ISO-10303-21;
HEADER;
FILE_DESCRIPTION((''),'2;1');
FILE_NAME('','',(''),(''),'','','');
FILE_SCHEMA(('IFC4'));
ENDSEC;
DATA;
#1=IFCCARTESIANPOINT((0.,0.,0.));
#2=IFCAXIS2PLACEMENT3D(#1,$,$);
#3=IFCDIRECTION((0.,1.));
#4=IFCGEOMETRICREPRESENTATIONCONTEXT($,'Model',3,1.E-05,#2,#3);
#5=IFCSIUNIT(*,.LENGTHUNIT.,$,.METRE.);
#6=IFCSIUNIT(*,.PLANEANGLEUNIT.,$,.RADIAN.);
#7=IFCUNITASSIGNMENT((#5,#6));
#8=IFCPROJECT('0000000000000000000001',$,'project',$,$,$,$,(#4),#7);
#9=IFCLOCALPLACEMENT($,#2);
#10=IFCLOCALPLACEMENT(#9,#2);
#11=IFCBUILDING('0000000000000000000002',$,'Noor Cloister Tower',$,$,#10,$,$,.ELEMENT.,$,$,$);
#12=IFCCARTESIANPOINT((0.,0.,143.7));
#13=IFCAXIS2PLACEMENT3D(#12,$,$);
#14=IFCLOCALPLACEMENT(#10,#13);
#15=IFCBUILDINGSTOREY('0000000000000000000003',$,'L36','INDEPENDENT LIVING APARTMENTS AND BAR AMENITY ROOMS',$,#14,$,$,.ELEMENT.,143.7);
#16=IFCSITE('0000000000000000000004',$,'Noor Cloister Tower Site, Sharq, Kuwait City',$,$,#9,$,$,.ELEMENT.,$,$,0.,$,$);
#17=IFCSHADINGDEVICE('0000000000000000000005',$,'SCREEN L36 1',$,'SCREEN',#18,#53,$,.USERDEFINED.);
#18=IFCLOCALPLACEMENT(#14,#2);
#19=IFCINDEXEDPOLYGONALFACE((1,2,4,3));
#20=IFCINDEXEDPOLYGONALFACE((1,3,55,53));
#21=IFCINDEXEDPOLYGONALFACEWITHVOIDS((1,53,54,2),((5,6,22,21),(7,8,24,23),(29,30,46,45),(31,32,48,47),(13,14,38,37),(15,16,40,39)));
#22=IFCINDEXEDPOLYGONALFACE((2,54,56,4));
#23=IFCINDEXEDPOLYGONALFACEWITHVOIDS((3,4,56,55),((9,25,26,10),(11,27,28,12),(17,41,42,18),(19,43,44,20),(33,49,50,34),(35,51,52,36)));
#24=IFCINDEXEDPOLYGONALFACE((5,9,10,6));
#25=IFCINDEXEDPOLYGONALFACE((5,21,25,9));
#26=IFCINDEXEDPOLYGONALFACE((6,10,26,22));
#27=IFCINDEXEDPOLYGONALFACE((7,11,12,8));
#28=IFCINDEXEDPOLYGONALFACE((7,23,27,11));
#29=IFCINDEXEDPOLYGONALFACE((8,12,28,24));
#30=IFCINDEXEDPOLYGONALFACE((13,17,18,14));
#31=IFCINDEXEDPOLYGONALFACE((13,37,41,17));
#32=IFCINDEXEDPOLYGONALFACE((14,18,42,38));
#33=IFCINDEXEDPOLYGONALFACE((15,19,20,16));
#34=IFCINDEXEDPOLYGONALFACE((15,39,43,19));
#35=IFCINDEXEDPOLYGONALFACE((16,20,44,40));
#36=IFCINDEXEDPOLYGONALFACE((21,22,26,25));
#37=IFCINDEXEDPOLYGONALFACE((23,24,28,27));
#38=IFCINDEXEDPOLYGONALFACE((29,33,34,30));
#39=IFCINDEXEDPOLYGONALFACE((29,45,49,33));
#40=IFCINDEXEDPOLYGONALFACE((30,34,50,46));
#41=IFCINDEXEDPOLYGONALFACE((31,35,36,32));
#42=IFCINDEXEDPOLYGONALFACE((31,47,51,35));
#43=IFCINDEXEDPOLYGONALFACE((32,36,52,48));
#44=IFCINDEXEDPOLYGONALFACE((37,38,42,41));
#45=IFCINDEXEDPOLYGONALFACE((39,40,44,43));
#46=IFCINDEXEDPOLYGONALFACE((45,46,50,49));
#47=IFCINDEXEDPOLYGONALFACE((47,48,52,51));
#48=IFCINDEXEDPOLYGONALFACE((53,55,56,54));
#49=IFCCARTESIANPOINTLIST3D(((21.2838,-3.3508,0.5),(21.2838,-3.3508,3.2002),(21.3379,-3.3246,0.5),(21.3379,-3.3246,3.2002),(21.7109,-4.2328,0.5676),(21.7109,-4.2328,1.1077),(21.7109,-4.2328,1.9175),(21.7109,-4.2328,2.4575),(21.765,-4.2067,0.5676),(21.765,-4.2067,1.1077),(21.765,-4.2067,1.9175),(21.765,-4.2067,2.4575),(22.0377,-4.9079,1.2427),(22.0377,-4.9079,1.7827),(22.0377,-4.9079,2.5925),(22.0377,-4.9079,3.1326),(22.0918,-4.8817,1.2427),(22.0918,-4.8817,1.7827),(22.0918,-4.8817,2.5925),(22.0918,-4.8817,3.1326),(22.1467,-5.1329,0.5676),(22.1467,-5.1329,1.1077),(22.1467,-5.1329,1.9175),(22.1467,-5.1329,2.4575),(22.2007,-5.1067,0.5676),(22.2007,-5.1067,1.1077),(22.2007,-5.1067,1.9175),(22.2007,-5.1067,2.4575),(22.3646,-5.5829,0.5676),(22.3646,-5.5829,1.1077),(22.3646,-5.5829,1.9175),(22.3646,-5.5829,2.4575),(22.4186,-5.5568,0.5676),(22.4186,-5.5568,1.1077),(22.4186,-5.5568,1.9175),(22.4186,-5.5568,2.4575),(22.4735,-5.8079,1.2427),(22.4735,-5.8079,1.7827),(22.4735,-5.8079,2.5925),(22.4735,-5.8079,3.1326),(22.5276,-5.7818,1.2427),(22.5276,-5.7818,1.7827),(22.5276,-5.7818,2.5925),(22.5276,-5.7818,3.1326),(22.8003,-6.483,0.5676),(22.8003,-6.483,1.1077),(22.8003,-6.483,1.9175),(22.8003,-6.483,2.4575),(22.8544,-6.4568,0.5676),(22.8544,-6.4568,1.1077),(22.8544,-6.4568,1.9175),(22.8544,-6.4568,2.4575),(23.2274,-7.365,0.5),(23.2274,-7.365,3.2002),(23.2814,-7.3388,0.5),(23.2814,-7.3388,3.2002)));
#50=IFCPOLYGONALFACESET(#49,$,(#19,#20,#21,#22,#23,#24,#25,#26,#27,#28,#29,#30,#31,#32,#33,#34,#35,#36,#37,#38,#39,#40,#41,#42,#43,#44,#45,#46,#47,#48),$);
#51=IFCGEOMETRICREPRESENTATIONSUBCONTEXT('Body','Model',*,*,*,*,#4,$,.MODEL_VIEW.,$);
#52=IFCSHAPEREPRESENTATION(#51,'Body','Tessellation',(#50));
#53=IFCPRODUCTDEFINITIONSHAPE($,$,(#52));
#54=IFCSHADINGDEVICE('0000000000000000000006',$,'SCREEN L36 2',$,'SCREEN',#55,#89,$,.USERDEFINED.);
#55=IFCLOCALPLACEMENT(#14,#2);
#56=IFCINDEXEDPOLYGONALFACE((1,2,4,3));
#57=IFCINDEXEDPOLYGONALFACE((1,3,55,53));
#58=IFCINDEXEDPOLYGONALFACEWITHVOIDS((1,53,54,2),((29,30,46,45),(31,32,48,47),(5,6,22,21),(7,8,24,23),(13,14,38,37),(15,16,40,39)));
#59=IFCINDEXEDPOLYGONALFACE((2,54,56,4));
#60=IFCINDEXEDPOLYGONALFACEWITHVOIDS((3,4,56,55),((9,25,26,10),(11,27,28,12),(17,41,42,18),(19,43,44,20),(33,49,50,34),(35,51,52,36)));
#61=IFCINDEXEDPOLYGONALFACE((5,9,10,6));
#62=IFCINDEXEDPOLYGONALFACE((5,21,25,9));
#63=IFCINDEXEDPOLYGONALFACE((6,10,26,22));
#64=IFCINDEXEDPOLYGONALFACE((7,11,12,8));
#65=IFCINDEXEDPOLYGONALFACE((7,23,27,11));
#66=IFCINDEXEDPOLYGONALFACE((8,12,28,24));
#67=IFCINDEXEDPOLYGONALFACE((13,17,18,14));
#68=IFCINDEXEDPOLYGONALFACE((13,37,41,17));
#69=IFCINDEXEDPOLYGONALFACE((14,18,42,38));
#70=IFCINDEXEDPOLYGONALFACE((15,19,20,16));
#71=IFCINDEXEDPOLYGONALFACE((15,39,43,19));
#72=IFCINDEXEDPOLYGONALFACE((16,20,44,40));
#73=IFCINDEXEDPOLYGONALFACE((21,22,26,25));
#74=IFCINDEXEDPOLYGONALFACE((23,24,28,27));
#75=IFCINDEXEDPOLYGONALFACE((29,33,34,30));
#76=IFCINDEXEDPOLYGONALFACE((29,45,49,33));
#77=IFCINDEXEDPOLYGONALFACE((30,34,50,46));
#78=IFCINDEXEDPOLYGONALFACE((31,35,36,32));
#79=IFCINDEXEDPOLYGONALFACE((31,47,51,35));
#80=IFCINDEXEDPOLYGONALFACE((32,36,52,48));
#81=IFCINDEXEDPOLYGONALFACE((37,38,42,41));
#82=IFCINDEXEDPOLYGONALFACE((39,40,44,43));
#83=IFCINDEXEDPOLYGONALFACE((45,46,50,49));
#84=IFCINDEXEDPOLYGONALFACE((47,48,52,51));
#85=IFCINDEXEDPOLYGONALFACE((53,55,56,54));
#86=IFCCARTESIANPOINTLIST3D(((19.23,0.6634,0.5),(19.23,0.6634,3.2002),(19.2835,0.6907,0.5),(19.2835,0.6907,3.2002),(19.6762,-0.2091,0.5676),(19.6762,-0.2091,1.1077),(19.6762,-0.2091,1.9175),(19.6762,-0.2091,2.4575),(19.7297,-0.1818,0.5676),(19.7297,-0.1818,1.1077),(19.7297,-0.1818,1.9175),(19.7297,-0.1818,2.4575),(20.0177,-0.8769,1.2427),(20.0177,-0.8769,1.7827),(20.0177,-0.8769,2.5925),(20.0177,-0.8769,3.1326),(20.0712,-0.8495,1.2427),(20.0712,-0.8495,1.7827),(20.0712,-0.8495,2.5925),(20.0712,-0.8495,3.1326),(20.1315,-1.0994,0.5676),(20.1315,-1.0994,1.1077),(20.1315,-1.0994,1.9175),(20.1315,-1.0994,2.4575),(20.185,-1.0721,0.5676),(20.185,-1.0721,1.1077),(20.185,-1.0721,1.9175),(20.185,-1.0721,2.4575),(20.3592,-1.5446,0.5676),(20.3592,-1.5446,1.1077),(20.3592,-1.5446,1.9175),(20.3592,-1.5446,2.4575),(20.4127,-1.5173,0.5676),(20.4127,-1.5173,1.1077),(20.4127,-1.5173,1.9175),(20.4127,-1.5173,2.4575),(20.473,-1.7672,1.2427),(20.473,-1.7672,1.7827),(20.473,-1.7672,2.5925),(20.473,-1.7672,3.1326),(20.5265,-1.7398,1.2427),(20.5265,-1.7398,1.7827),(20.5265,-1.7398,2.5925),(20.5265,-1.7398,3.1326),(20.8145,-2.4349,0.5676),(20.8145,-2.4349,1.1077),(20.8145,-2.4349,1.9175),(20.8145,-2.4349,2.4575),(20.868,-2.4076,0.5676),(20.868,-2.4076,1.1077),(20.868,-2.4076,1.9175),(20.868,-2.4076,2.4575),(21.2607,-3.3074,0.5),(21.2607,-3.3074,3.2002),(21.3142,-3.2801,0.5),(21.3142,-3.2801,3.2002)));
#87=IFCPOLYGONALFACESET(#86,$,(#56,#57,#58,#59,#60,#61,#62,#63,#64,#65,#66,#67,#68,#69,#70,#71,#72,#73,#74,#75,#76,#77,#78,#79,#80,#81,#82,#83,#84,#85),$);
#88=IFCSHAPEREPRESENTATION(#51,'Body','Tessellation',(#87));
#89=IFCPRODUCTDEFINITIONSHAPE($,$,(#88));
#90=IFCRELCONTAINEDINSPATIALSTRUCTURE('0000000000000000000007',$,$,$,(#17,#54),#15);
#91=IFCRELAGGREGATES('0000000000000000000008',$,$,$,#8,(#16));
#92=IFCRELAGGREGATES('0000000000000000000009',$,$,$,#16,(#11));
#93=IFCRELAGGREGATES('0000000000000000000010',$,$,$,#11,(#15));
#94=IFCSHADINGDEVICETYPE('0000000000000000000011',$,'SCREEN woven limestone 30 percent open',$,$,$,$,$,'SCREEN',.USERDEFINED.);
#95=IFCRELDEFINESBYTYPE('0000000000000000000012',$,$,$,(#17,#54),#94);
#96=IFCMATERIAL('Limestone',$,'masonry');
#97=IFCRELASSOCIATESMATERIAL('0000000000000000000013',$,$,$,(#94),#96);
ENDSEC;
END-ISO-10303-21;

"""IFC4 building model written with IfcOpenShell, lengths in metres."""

from ifc_helpers import new_model, si_unit, direction, frame, origin, place, context, subcontext, project, spatial, polyline, outline, extrude, material, material_profile, profile_set, type_object, element, save


model = new_model("IFC4")

# Units and contexts
model_context = context("Model", 3, precision=1e-05, world=origin(), true_north=direction((0.0, 1.0)))
body_context = subcontext(model_context, "Body", "Model", "MODEL_VIEW")
ifc_project = project(units=[si_unit("LENGTHUNIT", "METRE"), si_unit("PLANEANGLEUNIT", "RADIAN")], contexts=[model_context])

# Site, building, storey
site_placement = place(None, origin())
site = spatial("IfcSite", under=ifc_project, at=site_placement, Name="Noor Cloister Tower Site, Sharq, Kuwait City", CompositionType="ELEMENT", RefElevation=0.0)
building_placement = place(site_placement, origin())
building = spatial("IfcBuilding", under=site, at=building_placement, Name="Noor Cloister Tower", CompositionType="ELEMENT")
storey_placement = place(building_placement, frame((0.0, 0.0, 143.7)))
storey = spatial("IfcBuildingStorey", under=building, at=storey_placement, Name="L36", Description="INDEPENDENT LIVING APARTMENTS AND BAR AMENITY ROOMS", CompositionType="ELEMENT", Elevation=143.7)

# Shading devices
ifc_material_1 = material(Name="Limestone", Category="masonry")
ifc_material_profile_1 = material_profile(ifc_material_1, outline(polyline([(-2.23, -1.3501), (2.23, -1.3501), (2.23, 1.3501), (-2.23, 1.3501), (-2.23, -1.3501)]), holes=[polyline([(-1.25, -1.2825), (-0.25, -1.2825), (-0.25, -0.7424), (-1.25, -0.7424), (-1.25, -1.2825)]), polyline([(0.25, -1.2825), (1.25, -1.2825), (1.25, -0.7424), (0.25, -0.7424), (0.25, -1.2825)]), polyline([(-0.5, -0.6074), (0.5, -0.6074), (0.5, -0.0674), (-0.5, -0.0674), (-0.5, -0.6074)]), polyline([(-1.25, 0.0674), (-0.25, 0.0674), (-0.25, 0.6074), (-1.25, 0.6074), (-1.25, 0.0674)]), polyline([(0.25, 0.0674), (1.25, 0.0674), (1.25, 0.6074), (0.25, 0.6074), (0.25, 0.0674)]), polyline([(-0.5, 0.7424), (0.5, 0.7424), (0.5, 1.2825), (-0.5, 1.2825), (-0.5, 0.7424)])]), Name="Woven screen 30 percent open")
ifc_profile_set_1 = profile_set([ifc_material_profile_1], Name="Limestone")
shading_device_type = type_object("IfcShadingDeviceType", Name="SCREEN woven limestone 30 percent open", ElementType="SCREEN", PredefinedType="USERDEFINED", material=ifc_profile_set_1)
for number, where, z_axis, x_axis, name in (
    (1, (22.2556, -5.3579, 1.8501), (0.900056, 0.435774, 0.0), (-0.435774, 0.900056, 0.0), "SCREEN L36 1"),
    (2, (20.2454, -1.322, 1.8501), (0.890325, 0.455326, 0.0), (-0.455326, 0.890325, 0.0), "SCREEN L36 2"),
):
    element("IfcShadingDevice", number, at=place(storey_placement, frame(where, z_axis=z_axis, x_axis=x_axis)), inside=storey, type_object=shading_device_type, Name=name, ObjectType="SCREEN", PredefinedType="USERDEFINED", context=body_context, shape_type="SweptSolid", body=[
        extrude(outline(polyline([(-2.23, -1.3501), (2.23, -1.3501), (2.23, 1.3501), (-2.23, 1.3501), (-2.23, -1.3501)]), holes=[polyline([(-1.25, -1.2825), (-0.25, -1.2825), (-0.25, -0.7424), (-1.25, -0.7424), (-1.25, -1.2825)]), polyline([(0.25, -1.2825), (1.25, -1.2825), (1.25, -0.7424), (0.25, -0.7424), (0.25, -1.2825)]), polyline([(-0.5, -0.6074), (0.5, -0.6074), (0.5, -0.0674), (-0.5, -0.0674), (-0.5, -0.6074)]), polyline([(-1.25, 0.0674), (-0.25, 0.0674), (-0.25, 0.6074), (-1.25, 0.6074), (-1.25, 0.0674)]), polyline([(0.25, 0.0674), (1.25, 0.0674), (1.25, 0.6074), (0.25, 0.6074), (0.25, 0.0674)]), polyline([(-0.5, 0.7424), (0.5, 0.7424), (0.5, 1.2825), (-0.5, 1.2825), (-0.5, 0.7424)])]), origin(), (0.0, 0.0, 1.0), 0.0601),
    ])

save(model, "model.ifc")
